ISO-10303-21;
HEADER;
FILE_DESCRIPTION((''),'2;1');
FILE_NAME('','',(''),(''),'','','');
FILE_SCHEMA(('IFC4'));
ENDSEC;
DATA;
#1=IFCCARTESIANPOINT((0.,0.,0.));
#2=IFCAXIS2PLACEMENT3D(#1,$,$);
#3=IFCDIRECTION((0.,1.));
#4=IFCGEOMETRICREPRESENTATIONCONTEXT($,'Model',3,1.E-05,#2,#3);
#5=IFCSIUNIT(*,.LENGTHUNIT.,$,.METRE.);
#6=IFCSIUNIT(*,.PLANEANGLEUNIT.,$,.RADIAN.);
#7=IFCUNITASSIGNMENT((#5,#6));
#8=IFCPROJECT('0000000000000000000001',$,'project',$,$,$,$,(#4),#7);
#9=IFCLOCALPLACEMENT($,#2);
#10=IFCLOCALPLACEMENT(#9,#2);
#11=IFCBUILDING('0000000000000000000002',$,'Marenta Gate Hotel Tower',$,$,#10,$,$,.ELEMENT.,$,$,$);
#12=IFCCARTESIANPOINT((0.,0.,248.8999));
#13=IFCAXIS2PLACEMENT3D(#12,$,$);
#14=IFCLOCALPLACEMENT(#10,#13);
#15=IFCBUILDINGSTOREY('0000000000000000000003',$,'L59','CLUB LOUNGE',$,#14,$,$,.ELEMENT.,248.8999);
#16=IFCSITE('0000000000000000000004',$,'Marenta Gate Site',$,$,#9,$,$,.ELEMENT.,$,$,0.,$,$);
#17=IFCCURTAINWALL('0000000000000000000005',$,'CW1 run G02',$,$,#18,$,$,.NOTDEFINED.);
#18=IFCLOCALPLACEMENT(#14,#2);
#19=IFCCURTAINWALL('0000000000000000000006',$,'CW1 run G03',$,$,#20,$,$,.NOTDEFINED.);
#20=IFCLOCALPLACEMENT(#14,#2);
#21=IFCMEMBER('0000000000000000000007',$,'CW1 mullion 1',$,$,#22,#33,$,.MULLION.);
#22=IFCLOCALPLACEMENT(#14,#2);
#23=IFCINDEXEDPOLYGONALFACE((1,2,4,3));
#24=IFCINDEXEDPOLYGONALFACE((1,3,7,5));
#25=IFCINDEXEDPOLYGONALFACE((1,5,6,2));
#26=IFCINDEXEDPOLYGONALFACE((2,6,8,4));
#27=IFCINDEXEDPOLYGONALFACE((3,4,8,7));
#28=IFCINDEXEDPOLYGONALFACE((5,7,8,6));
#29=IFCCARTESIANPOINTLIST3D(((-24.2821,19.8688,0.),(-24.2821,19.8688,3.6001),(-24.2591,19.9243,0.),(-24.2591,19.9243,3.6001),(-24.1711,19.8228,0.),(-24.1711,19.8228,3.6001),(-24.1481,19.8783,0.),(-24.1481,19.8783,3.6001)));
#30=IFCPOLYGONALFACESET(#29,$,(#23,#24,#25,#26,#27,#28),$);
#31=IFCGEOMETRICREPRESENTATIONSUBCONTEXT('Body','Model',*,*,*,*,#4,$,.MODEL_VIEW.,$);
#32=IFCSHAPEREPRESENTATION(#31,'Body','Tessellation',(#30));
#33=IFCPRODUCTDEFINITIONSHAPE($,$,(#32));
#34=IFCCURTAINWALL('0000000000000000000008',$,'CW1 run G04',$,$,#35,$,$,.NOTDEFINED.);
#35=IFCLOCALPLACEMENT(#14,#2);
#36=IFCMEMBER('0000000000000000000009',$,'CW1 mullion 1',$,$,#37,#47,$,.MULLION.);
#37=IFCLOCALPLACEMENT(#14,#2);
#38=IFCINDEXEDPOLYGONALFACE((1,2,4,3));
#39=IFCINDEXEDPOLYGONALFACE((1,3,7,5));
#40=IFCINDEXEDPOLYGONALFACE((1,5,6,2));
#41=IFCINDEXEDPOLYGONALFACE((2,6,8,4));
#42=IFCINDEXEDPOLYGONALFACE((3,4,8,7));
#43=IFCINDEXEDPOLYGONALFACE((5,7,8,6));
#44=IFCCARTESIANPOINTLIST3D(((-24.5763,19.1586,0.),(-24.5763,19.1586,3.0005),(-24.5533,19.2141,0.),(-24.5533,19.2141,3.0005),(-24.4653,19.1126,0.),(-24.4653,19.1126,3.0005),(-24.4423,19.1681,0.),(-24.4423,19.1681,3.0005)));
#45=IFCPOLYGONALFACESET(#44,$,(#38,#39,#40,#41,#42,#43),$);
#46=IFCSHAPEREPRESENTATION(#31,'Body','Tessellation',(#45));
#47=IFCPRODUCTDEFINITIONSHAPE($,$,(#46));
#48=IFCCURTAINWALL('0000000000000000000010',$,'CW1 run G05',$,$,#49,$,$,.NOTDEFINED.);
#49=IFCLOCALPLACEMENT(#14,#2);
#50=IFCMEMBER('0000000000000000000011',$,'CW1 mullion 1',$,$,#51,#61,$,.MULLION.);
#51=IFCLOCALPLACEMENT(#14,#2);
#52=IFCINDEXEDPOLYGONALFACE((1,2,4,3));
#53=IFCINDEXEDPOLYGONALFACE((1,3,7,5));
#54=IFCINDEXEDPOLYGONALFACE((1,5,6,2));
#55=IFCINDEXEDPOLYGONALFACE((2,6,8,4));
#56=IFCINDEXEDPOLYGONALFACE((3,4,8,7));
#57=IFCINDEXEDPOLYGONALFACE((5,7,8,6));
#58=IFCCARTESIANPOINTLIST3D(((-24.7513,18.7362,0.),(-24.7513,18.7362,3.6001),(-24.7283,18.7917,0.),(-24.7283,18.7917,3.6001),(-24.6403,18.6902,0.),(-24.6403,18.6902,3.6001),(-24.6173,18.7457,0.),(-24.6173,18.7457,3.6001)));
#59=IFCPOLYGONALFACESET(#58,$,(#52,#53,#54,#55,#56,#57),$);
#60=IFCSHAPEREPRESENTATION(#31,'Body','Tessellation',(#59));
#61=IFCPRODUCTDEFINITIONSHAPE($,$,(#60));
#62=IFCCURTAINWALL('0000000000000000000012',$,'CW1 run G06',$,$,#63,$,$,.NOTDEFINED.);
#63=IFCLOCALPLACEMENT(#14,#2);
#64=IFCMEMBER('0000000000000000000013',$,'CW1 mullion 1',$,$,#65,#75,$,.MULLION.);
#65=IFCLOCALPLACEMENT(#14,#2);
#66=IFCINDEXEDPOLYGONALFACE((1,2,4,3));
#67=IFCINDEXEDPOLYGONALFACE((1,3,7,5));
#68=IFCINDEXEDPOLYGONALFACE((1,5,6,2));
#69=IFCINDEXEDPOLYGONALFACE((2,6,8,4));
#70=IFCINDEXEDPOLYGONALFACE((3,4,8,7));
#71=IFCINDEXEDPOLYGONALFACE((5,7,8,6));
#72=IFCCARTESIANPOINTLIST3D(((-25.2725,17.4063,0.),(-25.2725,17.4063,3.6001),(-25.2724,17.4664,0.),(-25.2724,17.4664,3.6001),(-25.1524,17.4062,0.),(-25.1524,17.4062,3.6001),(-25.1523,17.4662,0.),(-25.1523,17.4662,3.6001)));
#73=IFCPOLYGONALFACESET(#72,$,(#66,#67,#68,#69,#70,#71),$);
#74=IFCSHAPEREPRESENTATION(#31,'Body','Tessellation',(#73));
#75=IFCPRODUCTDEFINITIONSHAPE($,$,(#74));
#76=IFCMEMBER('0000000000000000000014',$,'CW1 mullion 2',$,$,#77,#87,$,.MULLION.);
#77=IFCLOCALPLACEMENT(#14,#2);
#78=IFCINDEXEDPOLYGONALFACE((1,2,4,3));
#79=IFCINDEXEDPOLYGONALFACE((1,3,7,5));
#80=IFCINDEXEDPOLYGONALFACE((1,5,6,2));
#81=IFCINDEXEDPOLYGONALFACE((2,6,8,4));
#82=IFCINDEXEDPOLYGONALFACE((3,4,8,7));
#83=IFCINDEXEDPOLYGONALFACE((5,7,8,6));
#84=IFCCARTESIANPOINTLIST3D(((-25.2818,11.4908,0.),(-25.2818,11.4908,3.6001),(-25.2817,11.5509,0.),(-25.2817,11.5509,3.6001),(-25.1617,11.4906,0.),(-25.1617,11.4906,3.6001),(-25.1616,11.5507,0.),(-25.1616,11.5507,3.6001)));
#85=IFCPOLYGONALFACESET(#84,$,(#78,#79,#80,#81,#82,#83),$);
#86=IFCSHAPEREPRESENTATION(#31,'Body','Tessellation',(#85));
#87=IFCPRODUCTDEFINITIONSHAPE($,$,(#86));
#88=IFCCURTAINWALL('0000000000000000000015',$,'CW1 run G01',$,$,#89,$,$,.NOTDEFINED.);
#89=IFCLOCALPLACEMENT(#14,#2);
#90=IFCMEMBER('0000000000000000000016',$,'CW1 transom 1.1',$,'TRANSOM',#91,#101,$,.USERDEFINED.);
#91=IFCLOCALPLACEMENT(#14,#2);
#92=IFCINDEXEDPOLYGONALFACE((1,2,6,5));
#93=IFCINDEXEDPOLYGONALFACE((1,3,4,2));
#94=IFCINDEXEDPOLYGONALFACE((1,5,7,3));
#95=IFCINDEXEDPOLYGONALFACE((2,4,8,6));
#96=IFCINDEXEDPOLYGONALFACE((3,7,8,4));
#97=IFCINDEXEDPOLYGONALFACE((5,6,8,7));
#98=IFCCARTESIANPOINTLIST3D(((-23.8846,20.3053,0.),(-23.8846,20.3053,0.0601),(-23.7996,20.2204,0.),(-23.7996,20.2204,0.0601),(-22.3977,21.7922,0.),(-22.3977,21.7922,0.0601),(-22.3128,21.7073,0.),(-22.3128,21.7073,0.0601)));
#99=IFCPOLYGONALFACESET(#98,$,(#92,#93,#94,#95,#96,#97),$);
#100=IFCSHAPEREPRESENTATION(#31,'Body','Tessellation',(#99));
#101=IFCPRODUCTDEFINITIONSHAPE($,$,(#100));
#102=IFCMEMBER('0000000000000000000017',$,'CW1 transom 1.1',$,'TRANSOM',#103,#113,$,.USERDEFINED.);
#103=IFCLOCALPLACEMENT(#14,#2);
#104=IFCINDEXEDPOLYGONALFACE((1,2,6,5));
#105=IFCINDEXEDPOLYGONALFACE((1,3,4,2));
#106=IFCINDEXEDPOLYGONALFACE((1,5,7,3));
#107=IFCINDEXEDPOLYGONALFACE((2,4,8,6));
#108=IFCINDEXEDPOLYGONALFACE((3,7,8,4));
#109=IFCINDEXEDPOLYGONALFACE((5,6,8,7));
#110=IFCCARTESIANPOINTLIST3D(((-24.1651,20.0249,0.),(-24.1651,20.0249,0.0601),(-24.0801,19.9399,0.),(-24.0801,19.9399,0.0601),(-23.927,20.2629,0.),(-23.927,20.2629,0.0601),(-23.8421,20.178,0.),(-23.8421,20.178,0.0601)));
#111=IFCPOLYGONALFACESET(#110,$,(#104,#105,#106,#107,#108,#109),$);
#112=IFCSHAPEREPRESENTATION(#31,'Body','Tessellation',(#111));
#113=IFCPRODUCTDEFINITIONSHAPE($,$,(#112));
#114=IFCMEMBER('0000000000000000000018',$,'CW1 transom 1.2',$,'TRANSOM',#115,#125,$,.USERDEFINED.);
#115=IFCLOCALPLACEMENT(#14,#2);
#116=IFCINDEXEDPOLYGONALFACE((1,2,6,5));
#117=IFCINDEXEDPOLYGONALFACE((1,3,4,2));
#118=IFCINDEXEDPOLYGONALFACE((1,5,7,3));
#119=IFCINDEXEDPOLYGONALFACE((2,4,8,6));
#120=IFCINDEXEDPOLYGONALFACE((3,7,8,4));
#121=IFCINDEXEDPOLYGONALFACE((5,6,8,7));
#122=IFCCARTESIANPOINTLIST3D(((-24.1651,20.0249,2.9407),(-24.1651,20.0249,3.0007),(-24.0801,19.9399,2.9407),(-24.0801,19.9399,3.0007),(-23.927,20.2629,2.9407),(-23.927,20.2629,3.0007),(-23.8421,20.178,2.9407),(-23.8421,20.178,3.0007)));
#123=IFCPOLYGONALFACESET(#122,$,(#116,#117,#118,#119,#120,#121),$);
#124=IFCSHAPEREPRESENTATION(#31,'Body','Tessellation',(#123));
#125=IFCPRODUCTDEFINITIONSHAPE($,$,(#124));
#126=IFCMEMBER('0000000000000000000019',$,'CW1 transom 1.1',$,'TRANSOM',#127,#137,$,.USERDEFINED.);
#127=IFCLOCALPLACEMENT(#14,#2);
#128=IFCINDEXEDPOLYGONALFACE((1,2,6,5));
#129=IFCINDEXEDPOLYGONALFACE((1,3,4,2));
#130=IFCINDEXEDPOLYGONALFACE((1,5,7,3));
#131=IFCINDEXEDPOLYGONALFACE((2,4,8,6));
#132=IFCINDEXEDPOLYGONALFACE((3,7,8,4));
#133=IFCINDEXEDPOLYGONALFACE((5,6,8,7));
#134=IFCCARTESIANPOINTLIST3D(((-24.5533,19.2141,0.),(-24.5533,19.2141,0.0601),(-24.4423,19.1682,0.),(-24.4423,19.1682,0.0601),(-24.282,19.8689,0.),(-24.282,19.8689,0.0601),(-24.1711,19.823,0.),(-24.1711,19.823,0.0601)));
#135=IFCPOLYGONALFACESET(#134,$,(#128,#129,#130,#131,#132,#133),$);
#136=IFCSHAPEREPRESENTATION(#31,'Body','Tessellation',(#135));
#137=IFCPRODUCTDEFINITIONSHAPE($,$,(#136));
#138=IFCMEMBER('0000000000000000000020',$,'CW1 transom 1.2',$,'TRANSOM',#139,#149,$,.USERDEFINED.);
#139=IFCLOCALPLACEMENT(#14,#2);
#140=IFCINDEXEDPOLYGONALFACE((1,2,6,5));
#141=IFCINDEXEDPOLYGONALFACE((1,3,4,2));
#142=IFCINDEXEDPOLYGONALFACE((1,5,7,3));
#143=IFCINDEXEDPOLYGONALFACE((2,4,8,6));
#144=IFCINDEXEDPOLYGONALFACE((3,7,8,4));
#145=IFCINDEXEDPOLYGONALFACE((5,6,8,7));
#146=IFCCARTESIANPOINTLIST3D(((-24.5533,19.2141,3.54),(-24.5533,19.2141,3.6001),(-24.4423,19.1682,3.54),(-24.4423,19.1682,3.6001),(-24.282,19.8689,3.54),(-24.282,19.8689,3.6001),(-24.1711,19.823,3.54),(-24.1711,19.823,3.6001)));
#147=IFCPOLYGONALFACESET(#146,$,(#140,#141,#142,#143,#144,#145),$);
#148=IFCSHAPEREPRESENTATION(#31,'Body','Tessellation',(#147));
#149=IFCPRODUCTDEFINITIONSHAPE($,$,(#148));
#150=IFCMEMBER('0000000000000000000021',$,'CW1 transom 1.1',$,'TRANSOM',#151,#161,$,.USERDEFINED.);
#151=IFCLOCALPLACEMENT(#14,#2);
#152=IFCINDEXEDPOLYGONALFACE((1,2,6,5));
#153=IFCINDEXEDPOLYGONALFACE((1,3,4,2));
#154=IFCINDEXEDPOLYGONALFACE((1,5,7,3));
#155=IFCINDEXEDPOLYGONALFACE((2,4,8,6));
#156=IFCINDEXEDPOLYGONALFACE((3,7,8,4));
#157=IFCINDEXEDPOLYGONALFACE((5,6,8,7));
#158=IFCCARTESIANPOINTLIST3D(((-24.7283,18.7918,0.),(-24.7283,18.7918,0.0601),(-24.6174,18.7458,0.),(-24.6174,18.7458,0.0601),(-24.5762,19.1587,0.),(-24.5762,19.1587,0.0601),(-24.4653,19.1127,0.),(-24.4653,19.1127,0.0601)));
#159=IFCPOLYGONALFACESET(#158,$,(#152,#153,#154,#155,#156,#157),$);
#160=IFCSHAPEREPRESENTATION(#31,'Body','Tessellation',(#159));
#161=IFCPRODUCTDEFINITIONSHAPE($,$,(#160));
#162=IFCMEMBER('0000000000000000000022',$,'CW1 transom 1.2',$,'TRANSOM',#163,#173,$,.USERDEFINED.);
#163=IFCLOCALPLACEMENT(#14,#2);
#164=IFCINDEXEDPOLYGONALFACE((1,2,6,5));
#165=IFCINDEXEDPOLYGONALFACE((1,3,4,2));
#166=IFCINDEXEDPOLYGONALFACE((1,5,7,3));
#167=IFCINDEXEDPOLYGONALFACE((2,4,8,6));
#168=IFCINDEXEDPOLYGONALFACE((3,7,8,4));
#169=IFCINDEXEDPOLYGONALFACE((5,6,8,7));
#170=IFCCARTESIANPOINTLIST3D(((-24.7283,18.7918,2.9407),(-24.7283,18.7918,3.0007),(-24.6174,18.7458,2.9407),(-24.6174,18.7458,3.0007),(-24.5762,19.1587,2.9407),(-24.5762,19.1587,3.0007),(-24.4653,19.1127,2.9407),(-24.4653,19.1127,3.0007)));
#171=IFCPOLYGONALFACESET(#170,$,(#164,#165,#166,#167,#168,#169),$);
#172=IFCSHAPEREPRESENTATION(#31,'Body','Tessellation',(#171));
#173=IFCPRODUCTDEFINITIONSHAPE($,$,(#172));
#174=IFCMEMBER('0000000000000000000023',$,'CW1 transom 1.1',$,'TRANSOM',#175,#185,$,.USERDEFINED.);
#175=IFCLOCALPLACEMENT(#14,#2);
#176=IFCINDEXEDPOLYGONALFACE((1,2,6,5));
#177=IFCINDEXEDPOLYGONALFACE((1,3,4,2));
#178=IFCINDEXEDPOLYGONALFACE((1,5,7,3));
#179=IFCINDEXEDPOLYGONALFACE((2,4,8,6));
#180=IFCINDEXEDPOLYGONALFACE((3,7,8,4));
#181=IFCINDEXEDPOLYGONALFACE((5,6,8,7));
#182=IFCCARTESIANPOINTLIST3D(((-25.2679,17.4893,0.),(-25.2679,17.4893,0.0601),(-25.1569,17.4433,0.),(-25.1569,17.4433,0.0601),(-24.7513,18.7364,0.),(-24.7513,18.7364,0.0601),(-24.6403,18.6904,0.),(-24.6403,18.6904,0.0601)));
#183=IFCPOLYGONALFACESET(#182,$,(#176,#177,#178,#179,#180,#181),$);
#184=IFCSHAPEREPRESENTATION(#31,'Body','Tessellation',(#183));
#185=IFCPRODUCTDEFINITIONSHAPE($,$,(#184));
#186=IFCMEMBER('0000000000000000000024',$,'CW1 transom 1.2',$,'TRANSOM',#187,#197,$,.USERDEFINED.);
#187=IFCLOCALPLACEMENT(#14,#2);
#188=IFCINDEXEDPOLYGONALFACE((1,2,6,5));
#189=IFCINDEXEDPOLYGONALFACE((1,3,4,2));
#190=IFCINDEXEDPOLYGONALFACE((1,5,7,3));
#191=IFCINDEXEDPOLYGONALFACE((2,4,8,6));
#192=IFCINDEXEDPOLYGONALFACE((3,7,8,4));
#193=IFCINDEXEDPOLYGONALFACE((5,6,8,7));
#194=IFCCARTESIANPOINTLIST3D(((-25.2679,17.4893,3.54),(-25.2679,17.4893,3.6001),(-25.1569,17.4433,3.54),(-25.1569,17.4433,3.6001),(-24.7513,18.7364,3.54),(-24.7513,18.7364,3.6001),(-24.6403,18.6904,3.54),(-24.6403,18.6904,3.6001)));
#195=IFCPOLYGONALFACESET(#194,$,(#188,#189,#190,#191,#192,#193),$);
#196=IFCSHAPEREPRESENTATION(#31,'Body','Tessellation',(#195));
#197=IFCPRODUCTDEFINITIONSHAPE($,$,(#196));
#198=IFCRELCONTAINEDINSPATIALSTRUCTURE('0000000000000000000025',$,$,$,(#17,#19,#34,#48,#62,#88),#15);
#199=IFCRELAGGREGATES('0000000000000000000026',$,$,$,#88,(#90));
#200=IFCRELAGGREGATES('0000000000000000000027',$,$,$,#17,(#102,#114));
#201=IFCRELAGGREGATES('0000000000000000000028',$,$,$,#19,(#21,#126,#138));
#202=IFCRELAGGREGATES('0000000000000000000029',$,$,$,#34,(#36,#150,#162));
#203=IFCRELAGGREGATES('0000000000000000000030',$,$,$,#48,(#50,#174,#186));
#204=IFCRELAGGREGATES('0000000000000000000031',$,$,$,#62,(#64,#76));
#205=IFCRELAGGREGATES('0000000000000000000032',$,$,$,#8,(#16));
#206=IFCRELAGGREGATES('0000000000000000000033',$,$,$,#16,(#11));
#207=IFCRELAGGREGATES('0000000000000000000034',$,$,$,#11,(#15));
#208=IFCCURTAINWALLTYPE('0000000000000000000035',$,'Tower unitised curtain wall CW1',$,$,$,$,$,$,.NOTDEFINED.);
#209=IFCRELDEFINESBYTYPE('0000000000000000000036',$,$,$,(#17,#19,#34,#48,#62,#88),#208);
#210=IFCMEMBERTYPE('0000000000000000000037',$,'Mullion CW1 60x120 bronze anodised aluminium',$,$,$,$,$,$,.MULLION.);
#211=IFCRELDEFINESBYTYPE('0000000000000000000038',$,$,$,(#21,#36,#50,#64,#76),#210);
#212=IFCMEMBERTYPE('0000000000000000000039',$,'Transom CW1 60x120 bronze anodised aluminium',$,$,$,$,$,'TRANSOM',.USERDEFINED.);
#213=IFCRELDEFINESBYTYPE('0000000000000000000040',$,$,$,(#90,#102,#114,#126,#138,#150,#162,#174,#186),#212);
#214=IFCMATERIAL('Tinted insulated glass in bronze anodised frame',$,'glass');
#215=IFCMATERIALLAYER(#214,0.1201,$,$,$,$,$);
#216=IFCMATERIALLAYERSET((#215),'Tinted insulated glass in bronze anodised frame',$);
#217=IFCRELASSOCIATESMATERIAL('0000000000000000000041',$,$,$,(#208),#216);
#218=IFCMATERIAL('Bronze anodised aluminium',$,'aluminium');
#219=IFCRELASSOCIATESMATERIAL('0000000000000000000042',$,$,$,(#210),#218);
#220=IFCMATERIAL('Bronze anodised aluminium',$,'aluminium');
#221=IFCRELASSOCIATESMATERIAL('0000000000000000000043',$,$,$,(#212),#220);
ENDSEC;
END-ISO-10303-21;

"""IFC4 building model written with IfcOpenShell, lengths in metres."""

from ifc_helpers import new_model, si_unit, direction, frame, origin, origin_2d, place, context, subcontext, project, spatial, rectangle, extrude, material, layer, layer_set, material_profile, profile_set, type_object, element, aggregate, save


model = new_model("IFC4")

# Units and contexts
model_context = context("Model", 3, precision=1e-05, world=origin(), true_north=direction((0.0, 1.0)))
body_context = subcontext(model_context, "Body", "Model", "MODEL_VIEW")
ifc_project = project(units=[si_unit("LENGTHUNIT", "METRE"), si_unit("PLANEANGLEUNIT", "RADIAN")], contexts=[model_context])

# Site, building, storey
site_placement = place(None, origin())
site = spatial("IfcSite", under=ifc_project, at=site_placement, Name="Marenta Gate Site", CompositionType="ELEMENT", RefElevation=0.0)
building_placement = place(site_placement, origin())
building = spatial("IfcBuilding", under=site, at=building_placement, Name="Marenta Gate Hotel Tower", CompositionType="ELEMENT")
storey_placement = place(building_placement, frame((0.0, 0.0, 248.8999)))
storey = spatial("IfcBuildingStorey", under=building, at=storey_placement, Name="L59", Description="CLUB LOUNGE", CompositionType="ELEMENT", Elevation=248.8999)

# Curtain wall
ifc_material_1 = material(Name="Tinted insulated glass in bronze anodised frame", Category="glass")
ifc_layer_1 = layer(ifc_material_1, 0.1201)
ifc_layer_set_1 = layer_set([ifc_layer_1], Name="Tinted insulated glass in bronze anodised frame")
curtain_wall_type = type_object("IfcCurtainWallType", Name="Tower unitised curtain wall CW1", PredefinedType="NOTDEFINED", material=ifc_layer_set_1)
curtain_wall_1_placement = place(storey_placement, origin())
curtain_wall_1 = element("IfcCurtainWall", 1, at=curtain_wall_1_placement, inside=storey, type_object=curtain_wall_type, Name="CW1 run G02", PredefinedType="NOTDEFINED")
ifc_material_2 = material(Name="Bronze anodised aluminium", Category="aluminium")
ifc_material_profile_1 = material_profile(ifc_material_2, rectangle(XDim=0.1201, YDim=0.0601, at=origin_2d()), Name="Mullion CW1 60x120 bronze anodised aluminium")
ifc_profile_set_1 = profile_set([ifc_material_profile_1], Name="Bronze anodised aluminium")
member_type_1 = type_object("IfcMemberType", Name="Mullion CW1 60x120 bronze anodised aluminium", PredefinedType="MULLION", material=ifc_profile_set_1)

# Curtain walls, members
curtain_wall_2_placement = place(storey_placement, origin())
curtain_wall_2 = element("IfcCurtainWall", 2, at=curtain_wall_2_placement, inside=storey, type_object=curtain_wall_type, Name="CW1 run G03", PredefinedType="NOTDEFINED")
member_1_placement = place(storey_placement, frame((-24.2151, 19.8735, 0.0), z_axis=(0.0, 0.0, 1.0), x_axis=(0.923868, -0.382712, 0.0)))
member_1 = element("IfcMember", 3, at=member_1_placement, type_object=member_type_1, Name="CW1 mullion 1", PredefinedType="MULLION", context=body_context, shape_type="SweptSolid", body=[
    extrude(rectangle(XDim=0.1201, YDim=0.0601, at=origin_2d()), origin(), (0.0, 0.0, 1.0), 3.6001),
])
curtain_wall_3_placement = place(storey_placement, origin())
curtain_wall_3 = element("IfcCurtainWall", 4, at=curtain_wall_3_placement, inside=storey, type_object=curtain_wall_type, Name="CW1 run G04", PredefinedType="NOTDEFINED")
member_2_placement = place(storey_placement, frame((-24.5093, 19.1633, 0.0), z_axis=(0.0, 0.0, 1.0), x_axis=(0.923897, -0.382642, 0.0)))
member_2 = element("IfcMember", 5, at=member_2_placement, type_object=member_type_1, Name="CW1 mullion 1", PredefinedType="MULLION", context=body_context, shape_type="SweptSolid", body=[
    extrude(rectangle(XDim=0.1201, YDim=0.0601, at=origin_2d()), origin(), (0.0, 0.0, 1.0), 3.0005),
])
curtain_wall_4_placement = place(storey_placement, origin())
curtain_wall_4 = element("IfcCurtainWall", 6, at=curtain_wall_4_placement, inside=storey, type_object=curtain_wall_type, Name="CW1 run G05", PredefinedType="NOTDEFINED")
member_3_placement = place(storey_placement, frame((-24.6843, 18.741, 0.0), z_axis=(0.0, 0.0, 1.0), x_axis=(0.923893, -0.38265, 0.0)))
member_3 = element("IfcMember", 7, at=member_3_placement, type_object=member_type_1, Name="CW1 mullion 1", PredefinedType="MULLION", context=body_context, shape_type="SweptSolid", body=[
    extrude(rectangle(XDim=0.1201, YDim=0.0601, at=origin_2d()), origin(), (0.0, 0.0, 1.0), 3.6001),
])

# Curtain wall, members
curtain_wall_5_placement = place(storey_placement, origin())
curtain_wall_5 = element("IfcCurtainWall", 8, at=curtain_wall_5_placement, inside=storey, type_object=curtain_wall_type, Name="CW1 run G06", PredefinedType="NOTDEFINED")
member_4_placement = place(storey_placement, frame((-25.2124, 17.4363, 0.0), z_axis=(0.0, 0.0, 1.0), x_axis=(0.999999, -0.00157, 0.0)))
member_4 = element("IfcMember", 9, at=member_4_placement, type_object=member_type_1, Name="CW1 mullion 1", PredefinedType="MULLION", context=body_context, shape_type="SweptSolid", body=[
    extrude(rectangle(XDim=0.1201, YDim=0.0601, at=origin_2d()), origin(), (0.0, 0.0, 1.0), 3.6001),
])
member_5_placement = place(storey_placement, frame((-25.2217, 11.5208, 0.0), z_axis=(0.0, 0.0, 1.0), x_axis=(0.999999, -0.00157, 0.0)))
member_5 = element("IfcMember", 10, at=member_5_placement, type_object=member_type_1, Name="CW1 mullion 2", PredefinedType="MULLION", context=body_context, shape_type="SweptSolid", body=[
    extrude(rectangle(XDim=0.1201, YDim=0.0601, at=origin_2d()), origin(), (0.0, 0.0, 1.0), 3.6001),
])

# Curtain wall, member
curtain_wall_6_placement = place(storey_placement, origin())
curtain_wall_6 = element("IfcCurtainWall", 11, at=curtain_wall_6_placement, inside=storey, type_object=curtain_wall_type, Name="CW1 run G01", PredefinedType="NOTDEFINED")
ifc_material_3 = material(Name="Bronze anodised aluminium", Category="aluminium")
ifc_material_profile_2 = material_profile(ifc_material_3, rectangle(XDim=0.1201, YDim=0.0601, at=origin_2d()), Name="Transom CW1 60x120 bronze anodised aluminium")
ifc_profile_set_2 = profile_set([ifc_material_profile_2], Name="Bronze anodised aluminium")
member_type_2 = type_object("IfcMemberType", Name="Transom CW1 60x120 bronze anodised aluminium", ElementType="TRANSOM", PredefinedType="USERDEFINED", material=ifc_profile_set_2)
member_6_placement = place(storey_placement, frame((-22.3552, 21.7498, 0.03), z_axis=(-0.707107, -0.707107, 0.0), x_axis=(0.707107, -0.707107, 0.0)))
member_6 = element("IfcMember", 12, at=member_6_placement, type_object=member_type_2, Name="CW1 transom 1.1", ObjectType="TRANSOM", PredefinedType="USERDEFINED", context=body_context, shape_type="SweptSolid", body=[
    extrude(rectangle(XDim=0.1201, YDim=0.0601, at=origin_2d()), origin(), (0.0, 0.0, 1.0), 2.1028),
])

# Members
member_7_placement = place(storey_placement, frame((-23.8845, 20.2205, 0.03), z_axis=(-0.707107, -0.707107, 0.0), x_axis=(0.707107, -0.707107, 0.0)))
member_7 = element("IfcMember", 13, at=member_7_placement, type_object=member_type_2, Name="CW1 transom 1.1", ObjectType="TRANSOM", PredefinedType="USERDEFINED", context=body_context, shape_type="SweptSolid", body=[
    extrude(rectangle(XDim=0.1201, YDim=0.0601, at=origin_2d()), origin(), (0.0, 0.0, 1.0), 0.3367),
])
member_8_placement = place(storey_placement, frame((-23.8845, 20.2205, 2.9707), z_axis=(-0.707107, -0.707107, 0.0), x_axis=(0.707107, -0.707107, 0.0)))
member_8 = element("IfcMember", 14, at=member_8_placement, type_object=member_type_2, Name="CW1 transom 1.2", ObjectType="TRANSOM", PredefinedType="USERDEFINED", context=body_context, shape_type="SweptSolid", body=[
    extrude(rectangle(XDim=0.1201, YDim=0.0601, at=origin_2d()), origin(), (0.0, 0.0, 1.0), 0.3367),
])
member_9_placement = place(storey_placement, frame((-24.2266, 19.8459, 0.03), z_axis=(-0.382707, -0.92387, 0.0), x_axis=(0.92387, -0.382707, 0.0)))
member_9 = element("IfcMember", 15, at=member_9_placement, type_object=member_type_2, Name="CW1 transom 1.1", ObjectType="TRANSOM", PredefinedType="USERDEFINED", context=body_context, shape_type="SweptSolid", body=[
    extrude(rectangle(XDim=0.1201, YDim=0.0601, at=origin_2d()), origin(), (0.0, 0.0, 1.0), 0.7087),
])
member_10_placement = place(storey_placement, frame((-24.2266, 19.8459, 3.5701), z_axis=(-0.382707, -0.92387, 0.0), x_axis=(0.92387, -0.382707, 0.0)))
member_10 = element("IfcMember", 16, at=member_10_placement, type_object=member_type_2, Name="CW1 transom 1.2", ObjectType="TRANSOM", PredefinedType="USERDEFINED", context=body_context, shape_type="SweptSolid", body=[
    extrude(rectangle(XDim=0.1201, YDim=0.0601, at=origin_2d()), origin(), (0.0, 0.0, 1.0), 0.7087),
])
member_11_placement = place(storey_placement, frame((-24.5208, 19.1357, 0.03), z_axis=(-0.382913, -0.923785, 0.0), x_axis=(0.923785, -0.382913, 0.0)))
member_11 = element("IfcMember", 17, at=member_11_placement, type_object=member_type_2, Name="CW1 transom 1.1", ObjectType="TRANSOM", PredefinedType="USERDEFINED", context=body_context, shape_type="SweptSolid", body=[
    extrude(rectangle(XDim=0.1201, YDim=0.0601, at=origin_2d()), origin(), (0.0, 0.0, 1.0), 0.3972),
])
member_12_placement = place(storey_placement, frame((-24.5208, 19.1357, 2.9707), z_axis=(-0.382913, -0.923785, 0.0), x_axis=(0.923785, -0.382913, 0.0)))
member_12 = element("IfcMember", 18, at=member_12_placement, type_object=member_type_2, Name="CW1 transom 1.2", ObjectType="TRANSOM", PredefinedType="USERDEFINED", context=body_context, shape_type="SweptSolid", body=[
    extrude(rectangle(XDim=0.1201, YDim=0.0601, at=origin_2d()), origin(), (0.0, 0.0, 1.0), 0.3972),
])
member_13_placement = place(storey_placement, frame((-24.6958, 18.7134, 0.03), z_axis=(-0.382714, -0.923867, 0.0), x_axis=(0.923867, -0.382714, 0.0)))
member_13 = element("IfcMember", 19, at=member_13_placement, type_object=member_type_2, Name="CW1 transom 1.1", ObjectType="TRANSOM", PredefinedType="USERDEFINED", context=body_context, shape_type="SweptSolid", body=[
    extrude(rectangle(XDim=0.1201, YDim=0.0601, at=origin_2d()), origin(), (0.0, 0.0, 1.0), 1.3499),
])
member_14_placement = place(storey_placement, frame((-24.6958, 18.7134, 3.5701), z_axis=(-0.382714, -0.923867, 0.0), x_axis=(0.923867, -0.382714, 0.0)))
member_14 = element("IfcMember", 20, at=member_14_placement, type_object=member_type_2, Name="CW1 transom 1.2", ObjectType="TRANSOM", PredefinedType="USERDEFINED", context=body_context, shape_type="SweptSolid", body=[
    extrude(rectangle(XDim=0.1201, YDim=0.0601, at=origin_2d()), origin(), (0.0, 0.0, 1.0), 1.3499),
])

aggregate(curtain_wall_6, [member_6])
aggregate(curtain_wall_1, [member_7, member_8])
aggregate(curtain_wall_2, [member_1, member_9, member_10])
aggregate(curtain_wall_3, [member_2, member_11, member_12])
aggregate(curtain_wall_4, [member_3, member_13, member_14])
aggregate(curtain_wall_5, [member_4, member_5])

save(model, "model.ifc")
